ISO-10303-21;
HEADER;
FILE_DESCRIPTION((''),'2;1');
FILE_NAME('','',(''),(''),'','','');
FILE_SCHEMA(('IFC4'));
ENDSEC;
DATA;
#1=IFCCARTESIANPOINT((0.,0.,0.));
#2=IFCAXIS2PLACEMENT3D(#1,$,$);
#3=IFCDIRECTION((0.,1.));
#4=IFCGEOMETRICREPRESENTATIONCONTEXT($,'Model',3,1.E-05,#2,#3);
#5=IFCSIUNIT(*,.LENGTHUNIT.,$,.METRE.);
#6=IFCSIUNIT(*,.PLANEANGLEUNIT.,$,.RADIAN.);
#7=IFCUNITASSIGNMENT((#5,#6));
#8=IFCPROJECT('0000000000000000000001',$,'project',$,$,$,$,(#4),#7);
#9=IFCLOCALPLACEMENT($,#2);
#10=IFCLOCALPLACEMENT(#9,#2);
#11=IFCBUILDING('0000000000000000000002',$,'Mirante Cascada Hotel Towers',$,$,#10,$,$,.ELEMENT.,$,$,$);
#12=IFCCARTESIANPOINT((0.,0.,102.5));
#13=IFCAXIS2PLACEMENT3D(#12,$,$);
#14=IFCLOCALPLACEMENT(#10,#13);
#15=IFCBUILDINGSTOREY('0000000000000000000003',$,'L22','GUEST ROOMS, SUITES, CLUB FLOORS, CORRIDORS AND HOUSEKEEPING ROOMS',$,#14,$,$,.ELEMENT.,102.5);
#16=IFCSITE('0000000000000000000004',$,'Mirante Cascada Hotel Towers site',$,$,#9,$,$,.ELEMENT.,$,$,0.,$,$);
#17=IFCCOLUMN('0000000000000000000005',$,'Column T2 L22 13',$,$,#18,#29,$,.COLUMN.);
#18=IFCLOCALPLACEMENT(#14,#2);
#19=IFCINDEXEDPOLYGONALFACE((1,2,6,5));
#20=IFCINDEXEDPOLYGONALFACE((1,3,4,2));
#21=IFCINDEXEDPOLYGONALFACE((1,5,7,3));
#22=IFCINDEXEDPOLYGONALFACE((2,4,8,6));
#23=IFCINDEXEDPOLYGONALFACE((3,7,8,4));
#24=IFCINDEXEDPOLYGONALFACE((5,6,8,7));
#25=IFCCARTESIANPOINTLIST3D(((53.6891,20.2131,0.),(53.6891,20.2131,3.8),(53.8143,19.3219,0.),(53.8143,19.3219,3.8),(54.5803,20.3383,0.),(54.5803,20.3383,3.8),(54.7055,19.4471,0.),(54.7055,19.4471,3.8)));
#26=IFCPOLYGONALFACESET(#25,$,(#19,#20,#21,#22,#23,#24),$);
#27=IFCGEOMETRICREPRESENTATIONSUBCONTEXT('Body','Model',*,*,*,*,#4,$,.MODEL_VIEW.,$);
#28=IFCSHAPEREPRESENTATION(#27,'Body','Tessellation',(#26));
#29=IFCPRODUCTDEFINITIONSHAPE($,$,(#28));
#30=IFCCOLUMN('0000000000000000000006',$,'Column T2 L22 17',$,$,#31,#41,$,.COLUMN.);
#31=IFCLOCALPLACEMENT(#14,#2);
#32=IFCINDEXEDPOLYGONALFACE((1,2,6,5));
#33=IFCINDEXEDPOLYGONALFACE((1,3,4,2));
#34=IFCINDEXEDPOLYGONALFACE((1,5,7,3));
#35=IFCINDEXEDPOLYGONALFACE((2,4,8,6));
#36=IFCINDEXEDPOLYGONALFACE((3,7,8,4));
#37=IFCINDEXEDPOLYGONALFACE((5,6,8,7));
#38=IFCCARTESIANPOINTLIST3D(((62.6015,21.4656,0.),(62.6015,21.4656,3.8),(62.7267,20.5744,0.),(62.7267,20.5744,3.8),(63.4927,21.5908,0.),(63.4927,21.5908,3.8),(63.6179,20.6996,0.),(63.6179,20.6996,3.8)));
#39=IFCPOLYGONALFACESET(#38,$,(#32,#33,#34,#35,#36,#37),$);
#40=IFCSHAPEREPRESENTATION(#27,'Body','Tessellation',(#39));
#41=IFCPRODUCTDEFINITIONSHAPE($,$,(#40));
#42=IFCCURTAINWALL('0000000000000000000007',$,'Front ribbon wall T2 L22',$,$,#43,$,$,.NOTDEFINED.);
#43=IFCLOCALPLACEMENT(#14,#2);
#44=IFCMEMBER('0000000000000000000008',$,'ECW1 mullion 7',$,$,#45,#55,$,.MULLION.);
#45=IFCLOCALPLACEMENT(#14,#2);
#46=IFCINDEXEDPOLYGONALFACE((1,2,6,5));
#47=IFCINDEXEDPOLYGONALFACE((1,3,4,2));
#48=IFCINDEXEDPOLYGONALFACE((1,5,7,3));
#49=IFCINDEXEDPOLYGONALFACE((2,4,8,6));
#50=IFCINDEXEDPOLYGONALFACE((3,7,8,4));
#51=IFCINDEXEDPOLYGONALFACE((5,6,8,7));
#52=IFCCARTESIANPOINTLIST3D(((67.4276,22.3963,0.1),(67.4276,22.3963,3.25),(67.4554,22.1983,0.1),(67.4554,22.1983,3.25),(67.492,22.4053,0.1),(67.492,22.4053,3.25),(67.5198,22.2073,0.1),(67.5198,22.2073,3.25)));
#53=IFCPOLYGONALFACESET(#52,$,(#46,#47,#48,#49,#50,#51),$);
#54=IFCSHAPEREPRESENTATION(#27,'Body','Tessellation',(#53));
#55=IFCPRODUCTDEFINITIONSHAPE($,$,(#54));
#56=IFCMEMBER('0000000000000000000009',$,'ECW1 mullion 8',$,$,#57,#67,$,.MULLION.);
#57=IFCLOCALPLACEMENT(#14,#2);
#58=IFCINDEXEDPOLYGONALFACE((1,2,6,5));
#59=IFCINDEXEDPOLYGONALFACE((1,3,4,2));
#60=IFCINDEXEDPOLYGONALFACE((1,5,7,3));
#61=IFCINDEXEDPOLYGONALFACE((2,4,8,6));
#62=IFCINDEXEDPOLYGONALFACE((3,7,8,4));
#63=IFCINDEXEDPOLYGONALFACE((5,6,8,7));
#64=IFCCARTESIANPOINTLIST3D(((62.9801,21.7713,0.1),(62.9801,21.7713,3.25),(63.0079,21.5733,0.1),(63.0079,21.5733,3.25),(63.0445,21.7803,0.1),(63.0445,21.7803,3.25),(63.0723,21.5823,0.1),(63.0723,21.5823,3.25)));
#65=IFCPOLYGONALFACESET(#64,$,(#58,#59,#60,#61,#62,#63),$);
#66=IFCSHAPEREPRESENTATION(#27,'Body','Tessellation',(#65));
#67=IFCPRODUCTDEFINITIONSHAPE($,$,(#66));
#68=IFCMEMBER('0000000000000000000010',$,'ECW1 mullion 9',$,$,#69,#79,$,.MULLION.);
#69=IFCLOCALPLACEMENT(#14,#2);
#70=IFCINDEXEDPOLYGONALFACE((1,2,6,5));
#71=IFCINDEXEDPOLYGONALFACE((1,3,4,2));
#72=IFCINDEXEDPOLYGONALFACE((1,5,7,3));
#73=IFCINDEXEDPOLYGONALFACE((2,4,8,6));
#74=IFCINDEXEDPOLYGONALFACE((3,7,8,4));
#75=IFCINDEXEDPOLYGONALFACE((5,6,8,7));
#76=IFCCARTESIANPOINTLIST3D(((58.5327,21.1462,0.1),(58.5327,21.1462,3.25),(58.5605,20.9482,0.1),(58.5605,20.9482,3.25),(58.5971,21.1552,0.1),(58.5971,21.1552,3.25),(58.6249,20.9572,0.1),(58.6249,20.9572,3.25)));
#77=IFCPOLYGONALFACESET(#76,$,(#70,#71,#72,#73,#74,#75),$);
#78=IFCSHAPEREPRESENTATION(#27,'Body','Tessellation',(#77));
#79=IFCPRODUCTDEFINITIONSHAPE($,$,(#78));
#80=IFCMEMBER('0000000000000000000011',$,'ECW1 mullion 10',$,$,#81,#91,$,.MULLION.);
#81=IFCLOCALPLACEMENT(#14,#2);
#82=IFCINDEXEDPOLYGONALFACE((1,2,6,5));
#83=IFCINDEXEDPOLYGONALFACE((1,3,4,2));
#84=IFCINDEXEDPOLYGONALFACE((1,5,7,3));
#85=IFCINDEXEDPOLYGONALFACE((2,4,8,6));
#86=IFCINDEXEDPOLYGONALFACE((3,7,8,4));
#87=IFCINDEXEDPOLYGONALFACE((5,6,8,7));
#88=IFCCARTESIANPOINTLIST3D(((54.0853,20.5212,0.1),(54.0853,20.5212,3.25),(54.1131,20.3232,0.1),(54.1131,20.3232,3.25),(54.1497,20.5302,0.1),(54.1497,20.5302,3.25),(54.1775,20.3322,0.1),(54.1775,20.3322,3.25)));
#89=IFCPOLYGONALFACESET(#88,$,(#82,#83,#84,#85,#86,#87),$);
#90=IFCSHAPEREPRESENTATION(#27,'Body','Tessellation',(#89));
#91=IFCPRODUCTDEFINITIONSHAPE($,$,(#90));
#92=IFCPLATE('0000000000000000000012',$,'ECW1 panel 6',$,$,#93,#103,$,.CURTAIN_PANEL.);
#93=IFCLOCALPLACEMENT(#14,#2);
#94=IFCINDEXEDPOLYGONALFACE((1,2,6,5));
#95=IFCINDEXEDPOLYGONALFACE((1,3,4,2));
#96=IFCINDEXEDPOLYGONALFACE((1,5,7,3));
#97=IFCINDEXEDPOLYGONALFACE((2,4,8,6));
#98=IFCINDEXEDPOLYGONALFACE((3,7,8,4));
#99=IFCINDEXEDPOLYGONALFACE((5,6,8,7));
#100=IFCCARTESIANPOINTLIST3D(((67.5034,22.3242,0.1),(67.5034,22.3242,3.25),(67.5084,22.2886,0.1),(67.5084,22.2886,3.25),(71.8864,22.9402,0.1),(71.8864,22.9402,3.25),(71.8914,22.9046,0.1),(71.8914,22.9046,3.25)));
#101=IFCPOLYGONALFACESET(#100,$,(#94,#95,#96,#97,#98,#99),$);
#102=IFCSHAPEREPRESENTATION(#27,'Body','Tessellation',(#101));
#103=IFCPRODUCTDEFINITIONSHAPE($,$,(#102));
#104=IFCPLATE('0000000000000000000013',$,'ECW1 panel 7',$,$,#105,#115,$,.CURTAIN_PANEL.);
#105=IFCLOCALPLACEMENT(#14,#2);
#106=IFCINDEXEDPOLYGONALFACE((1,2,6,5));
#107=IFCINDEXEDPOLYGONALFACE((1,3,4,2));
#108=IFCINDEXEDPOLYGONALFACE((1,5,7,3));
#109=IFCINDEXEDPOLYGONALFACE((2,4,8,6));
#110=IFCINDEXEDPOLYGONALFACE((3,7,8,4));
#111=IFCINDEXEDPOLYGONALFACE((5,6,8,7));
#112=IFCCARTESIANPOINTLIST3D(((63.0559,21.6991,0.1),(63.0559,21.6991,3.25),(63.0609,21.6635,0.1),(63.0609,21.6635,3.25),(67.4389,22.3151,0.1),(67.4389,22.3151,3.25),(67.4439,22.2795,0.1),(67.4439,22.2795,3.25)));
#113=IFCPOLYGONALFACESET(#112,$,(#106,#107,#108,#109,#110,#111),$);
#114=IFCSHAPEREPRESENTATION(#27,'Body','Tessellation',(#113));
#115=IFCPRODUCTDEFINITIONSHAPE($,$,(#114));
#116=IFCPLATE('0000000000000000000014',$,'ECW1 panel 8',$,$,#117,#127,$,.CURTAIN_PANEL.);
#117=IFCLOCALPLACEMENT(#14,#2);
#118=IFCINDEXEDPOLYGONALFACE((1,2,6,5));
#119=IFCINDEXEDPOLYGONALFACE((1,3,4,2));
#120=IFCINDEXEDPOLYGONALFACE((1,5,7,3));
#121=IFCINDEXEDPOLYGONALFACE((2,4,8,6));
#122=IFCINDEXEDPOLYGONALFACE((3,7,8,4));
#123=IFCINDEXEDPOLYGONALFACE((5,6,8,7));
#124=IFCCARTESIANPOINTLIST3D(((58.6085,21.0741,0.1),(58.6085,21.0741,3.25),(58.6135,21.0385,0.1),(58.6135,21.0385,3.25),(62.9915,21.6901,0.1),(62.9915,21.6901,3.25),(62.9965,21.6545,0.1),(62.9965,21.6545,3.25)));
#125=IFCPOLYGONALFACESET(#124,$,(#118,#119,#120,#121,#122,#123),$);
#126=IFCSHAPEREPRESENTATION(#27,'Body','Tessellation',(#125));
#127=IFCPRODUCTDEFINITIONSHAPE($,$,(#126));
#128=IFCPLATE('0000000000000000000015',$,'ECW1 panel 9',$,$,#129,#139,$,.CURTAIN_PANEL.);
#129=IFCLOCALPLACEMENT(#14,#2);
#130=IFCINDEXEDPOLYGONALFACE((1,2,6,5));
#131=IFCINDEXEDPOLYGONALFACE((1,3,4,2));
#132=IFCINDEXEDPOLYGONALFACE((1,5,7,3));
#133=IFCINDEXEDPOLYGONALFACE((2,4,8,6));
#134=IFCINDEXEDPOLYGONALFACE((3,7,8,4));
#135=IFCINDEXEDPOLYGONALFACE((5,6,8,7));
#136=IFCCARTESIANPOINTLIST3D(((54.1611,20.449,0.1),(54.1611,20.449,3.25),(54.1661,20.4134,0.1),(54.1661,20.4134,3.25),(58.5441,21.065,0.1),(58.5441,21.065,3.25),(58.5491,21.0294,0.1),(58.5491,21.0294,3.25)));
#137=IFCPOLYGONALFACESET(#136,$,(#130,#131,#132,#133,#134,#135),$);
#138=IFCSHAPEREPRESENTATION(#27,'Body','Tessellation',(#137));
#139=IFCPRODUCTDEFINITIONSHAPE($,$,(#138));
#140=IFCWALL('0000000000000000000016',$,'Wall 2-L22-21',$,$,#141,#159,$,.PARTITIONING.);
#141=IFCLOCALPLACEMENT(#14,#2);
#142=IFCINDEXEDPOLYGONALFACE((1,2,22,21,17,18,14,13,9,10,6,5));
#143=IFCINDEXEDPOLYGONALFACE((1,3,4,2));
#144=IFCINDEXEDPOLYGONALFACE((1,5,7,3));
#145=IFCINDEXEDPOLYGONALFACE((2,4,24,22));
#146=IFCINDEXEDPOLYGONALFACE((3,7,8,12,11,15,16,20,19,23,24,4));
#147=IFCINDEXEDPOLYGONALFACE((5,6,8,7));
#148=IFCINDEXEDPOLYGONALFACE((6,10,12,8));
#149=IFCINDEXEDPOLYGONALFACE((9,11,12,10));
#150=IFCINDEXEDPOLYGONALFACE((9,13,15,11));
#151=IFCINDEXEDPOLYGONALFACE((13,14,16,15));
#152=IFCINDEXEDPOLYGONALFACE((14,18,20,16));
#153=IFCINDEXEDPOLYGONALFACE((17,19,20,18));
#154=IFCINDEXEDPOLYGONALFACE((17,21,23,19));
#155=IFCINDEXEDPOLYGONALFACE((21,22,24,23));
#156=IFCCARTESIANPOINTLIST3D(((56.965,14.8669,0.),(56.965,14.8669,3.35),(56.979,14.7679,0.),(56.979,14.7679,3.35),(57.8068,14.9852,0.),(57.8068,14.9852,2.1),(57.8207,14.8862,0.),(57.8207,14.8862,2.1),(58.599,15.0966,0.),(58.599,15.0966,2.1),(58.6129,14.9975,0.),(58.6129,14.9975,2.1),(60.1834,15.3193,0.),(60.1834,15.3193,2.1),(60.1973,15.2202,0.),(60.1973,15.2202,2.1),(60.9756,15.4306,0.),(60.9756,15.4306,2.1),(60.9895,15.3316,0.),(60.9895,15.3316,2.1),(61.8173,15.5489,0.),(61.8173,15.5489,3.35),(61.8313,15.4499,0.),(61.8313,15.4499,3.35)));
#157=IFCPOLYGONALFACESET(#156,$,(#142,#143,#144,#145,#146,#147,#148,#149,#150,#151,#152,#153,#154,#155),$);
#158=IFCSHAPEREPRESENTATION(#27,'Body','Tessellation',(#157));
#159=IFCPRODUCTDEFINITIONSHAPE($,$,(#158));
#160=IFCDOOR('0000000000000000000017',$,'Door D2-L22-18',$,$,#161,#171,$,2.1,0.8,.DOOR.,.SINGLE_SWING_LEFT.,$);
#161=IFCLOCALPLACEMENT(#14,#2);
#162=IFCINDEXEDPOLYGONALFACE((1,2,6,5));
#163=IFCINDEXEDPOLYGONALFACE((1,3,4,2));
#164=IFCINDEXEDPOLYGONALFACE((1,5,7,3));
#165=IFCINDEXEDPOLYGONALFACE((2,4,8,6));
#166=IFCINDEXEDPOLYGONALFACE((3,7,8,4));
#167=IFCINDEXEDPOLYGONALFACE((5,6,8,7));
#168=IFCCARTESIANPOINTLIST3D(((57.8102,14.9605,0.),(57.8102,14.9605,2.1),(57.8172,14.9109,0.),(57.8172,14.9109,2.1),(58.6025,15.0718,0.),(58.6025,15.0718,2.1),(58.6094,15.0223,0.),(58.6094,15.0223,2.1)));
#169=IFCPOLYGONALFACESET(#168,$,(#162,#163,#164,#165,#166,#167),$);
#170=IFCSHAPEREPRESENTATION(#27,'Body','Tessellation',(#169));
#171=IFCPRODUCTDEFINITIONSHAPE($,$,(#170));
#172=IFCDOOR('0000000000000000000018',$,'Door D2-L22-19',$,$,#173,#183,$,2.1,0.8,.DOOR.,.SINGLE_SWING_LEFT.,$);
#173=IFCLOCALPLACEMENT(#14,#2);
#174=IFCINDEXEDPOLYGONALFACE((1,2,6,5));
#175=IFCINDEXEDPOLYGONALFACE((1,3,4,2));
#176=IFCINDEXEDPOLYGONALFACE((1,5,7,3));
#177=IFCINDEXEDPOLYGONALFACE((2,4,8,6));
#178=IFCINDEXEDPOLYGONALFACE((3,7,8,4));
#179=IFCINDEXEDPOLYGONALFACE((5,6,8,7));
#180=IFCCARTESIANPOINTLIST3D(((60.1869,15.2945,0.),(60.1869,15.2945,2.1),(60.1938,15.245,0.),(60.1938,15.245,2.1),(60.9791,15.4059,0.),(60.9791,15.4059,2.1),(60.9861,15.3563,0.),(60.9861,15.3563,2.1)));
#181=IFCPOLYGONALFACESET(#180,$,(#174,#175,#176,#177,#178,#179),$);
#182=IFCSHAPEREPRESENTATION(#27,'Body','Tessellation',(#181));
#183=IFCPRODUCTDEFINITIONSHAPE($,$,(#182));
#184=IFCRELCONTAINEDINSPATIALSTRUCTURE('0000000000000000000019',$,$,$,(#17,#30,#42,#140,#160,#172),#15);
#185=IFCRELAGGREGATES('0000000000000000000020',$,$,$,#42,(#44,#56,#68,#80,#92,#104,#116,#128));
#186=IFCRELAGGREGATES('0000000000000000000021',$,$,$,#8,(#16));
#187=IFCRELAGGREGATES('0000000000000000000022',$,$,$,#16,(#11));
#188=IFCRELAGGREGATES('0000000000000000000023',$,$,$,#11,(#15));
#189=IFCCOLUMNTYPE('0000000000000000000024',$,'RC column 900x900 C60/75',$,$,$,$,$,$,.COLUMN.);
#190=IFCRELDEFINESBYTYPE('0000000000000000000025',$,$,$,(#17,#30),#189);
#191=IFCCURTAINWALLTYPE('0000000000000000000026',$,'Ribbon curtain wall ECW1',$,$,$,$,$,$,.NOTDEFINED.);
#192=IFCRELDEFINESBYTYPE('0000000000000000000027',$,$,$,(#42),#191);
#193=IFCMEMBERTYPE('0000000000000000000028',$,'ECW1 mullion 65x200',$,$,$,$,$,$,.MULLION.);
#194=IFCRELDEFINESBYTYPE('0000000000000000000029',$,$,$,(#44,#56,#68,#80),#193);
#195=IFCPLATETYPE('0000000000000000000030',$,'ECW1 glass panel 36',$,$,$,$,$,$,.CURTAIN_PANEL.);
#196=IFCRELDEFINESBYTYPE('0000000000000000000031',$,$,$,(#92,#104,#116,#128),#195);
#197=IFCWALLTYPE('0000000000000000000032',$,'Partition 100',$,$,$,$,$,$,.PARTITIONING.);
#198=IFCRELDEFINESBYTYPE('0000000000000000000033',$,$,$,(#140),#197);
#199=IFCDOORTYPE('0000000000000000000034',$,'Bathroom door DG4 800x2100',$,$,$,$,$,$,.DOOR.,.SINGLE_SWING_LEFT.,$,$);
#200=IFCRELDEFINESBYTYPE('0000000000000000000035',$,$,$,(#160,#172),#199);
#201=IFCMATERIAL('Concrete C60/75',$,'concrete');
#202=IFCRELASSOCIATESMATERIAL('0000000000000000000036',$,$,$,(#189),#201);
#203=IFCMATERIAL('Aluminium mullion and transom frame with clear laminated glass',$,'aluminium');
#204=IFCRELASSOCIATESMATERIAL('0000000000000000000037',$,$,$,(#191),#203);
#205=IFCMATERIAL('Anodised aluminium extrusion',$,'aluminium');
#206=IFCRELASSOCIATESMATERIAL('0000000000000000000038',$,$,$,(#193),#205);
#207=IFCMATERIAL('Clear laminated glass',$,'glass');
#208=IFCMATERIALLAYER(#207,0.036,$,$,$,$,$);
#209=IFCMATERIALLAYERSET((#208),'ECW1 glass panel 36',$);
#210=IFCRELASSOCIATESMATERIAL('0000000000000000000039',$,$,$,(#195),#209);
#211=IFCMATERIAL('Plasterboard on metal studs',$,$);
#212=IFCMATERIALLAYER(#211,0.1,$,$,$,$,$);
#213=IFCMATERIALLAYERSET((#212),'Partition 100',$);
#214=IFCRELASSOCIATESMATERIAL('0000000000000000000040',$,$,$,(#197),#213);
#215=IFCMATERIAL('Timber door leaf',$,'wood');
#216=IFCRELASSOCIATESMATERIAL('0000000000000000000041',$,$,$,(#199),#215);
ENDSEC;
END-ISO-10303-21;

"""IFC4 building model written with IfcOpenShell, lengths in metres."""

from ifc_helpers import new_model, si_unit, direction, frame, frame_2d, origin, origin_2d, place, context, subcontext, project, spatial, rectangle, extrude, material, layer, layer_set, material_profile, profile_set, type_object, element, fill, aggregate, save


model = new_model("IFC4")

# Units and contexts
model_context = context("Model", 3, precision=1e-05, world=origin(), true_north=direction((0.0, 1.0)))
body_context = subcontext(model_context, "Body", "Model", "MODEL_VIEW")
ifc_project = project(units=[si_unit("LENGTHUNIT", "METRE"), si_unit("PLANEANGLEUNIT", "RADIAN")], contexts=[model_context])

# Site, building, storey
site_placement = place(None, origin())
site = spatial("IfcSite", under=ifc_project, at=site_placement, Name="Mirante Cascada Hotel Towers site", CompositionType="ELEMENT", RefElevation=0.0)
building_placement = place(site_placement, origin())
building = spatial("IfcBuilding", under=site, at=building_placement, Name="Mirante Cascada Hotel Towers", CompositionType="ELEMENT")
storey_placement = place(building_placement, frame((0.0, 0.0, 102.5)))
storey = spatial("IfcBuildingStorey", under=building, at=storey_placement, Name="L22", Description="GUEST ROOMS, SUITES, CLUB FLOORS, CORRIDORS AND HOUSEKEEPING ROOMS", CompositionType="ELEMENT", Elevation=102.5)

# Columns
ifc_material_1 = material(Name="Concrete C60/75", Category="concrete")
ifc_material_profile_1 = material_profile(ifc_material_1, rectangle(XDim=0.9, YDim=0.9, at=origin_2d()), Name="RC column 900x900 C60/75")
ifc_profile_set_1 = profile_set([ifc_material_profile_1], Name="Concrete C60/75")
column_type = type_object("IfcColumnType", Name="RC column 900x900 C60/75", PredefinedType="COLUMN", material=ifc_profile_set_1)
for number, where, z_axis, x_axis, name in (
    (1, (54.1973, 19.8301, 0.0), (0.0, 0.0, 1.0), (0.990268, 0.139173, 0.0), "Column T2 L22 13"),
    (2, (63.1097, 21.0826, 0.0), (0.0, 0.0, 1.0), (0.990268, 0.139173, 0.0), "Column T2 L22 17"),
):
    element("IfcColumn", number, at=place(storey_placement, frame(where, z_axis=z_axis, x_axis=x_axis)), inside=storey, type_object=column_type, Name=name, PredefinedType="COLUMN", context=body_context, shape_type="SweptSolid", body=[
        extrude(rectangle(XDim=0.9, YDim=0.9, at=origin_2d()), origin(), (0.0, 0.0, 1.0), 3.8),
    ])

# Curtain wall, members, plates
ifc_material_2 = material(Name="Aluminium mullion and transom frame with clear laminated glass", Category="aluminium")
curtain_wall_type = type_object("IfcCurtainWallType", Name="Ribbon curtain wall ECW1", PredefinedType="NOTDEFINED", material=ifc_material_2)
curtain_wall_placement = place(storey_placement, origin())
curtain_wall = element("IfcCurtainWall", 3, at=curtain_wall_placement, inside=storey, type_object=curtain_wall_type, Name="Front ribbon wall T2 L22", PredefinedType="NOTDEFINED")
ifc_material_3 = material(Name="Anodised aluminium extrusion", Category="aluminium")
ifc_material_profile_2 = material_profile(ifc_material_3, rectangle(XDim=0.2, YDim=0.065, at=origin_2d()), Name="ECW1 MULLION 65x200")
ifc_profile_set_2 = profile_set([ifc_material_profile_2], Name="Anodised aluminium extrusion")
member_type = type_object("IfcMemberType", Name="ECW1 mullion 65x200", PredefinedType="MULLION", material=ifc_profile_set_2)
member_1_placement = place(storey_placement, frame((67.4737, 22.3018, 0.1), z_axis=(0.0, 0.0, 1.0), x_axis=(0.139173, -0.990268, 0.0)))
member_1 = element("IfcMember", 4, at=member_1_placement, type_object=member_type, Name="ECW1 mullion 7", PredefinedType="MULLION", context=body_context, shape_type="SweptSolid", body=[
    extrude(rectangle(XDim=0.2, YDim=0.065, at=origin_2d()), origin(), (0.0, 0.0, 1.0), 3.15),
])
member_2_placement = place(storey_placement, frame((63.0262, 21.6768, 0.1), z_axis=(0.0, 0.0, 1.0), x_axis=(0.139173, -0.990268, 0.0)))
member_2 = element("IfcMember", 5, at=member_2_placement, type_object=member_type, Name="ECW1 mullion 8", PredefinedType="MULLION", context=body_context, shape_type="SweptSolid", body=[
    extrude(rectangle(XDim=0.2, YDim=0.065, at=origin_2d()), origin(), (0.0, 0.0, 1.0), 3.15),
])
member_3_placement = place(storey_placement, frame((58.5788, 21.0517, 0.1), z_axis=(0.0, 0.0, 1.0), x_axis=(0.139173, -0.990268, 0.0)))
member_3 = element("IfcMember", 6, at=member_3_placement, type_object=member_type, Name="ECW1 mullion 9", PredefinedType="MULLION", context=body_context, shape_type="SweptSolid", body=[
    extrude(rectangle(XDim=0.2, YDim=0.065, at=origin_2d()), origin(), (0.0, 0.0, 1.0), 3.15),
])
member_4_placement = place(storey_placement, frame((54.1314, 20.4267, 0.1), z_axis=(0.0, 0.0, 1.0), x_axis=(0.139173, -0.990268, 0.0)))
member_4 = element("IfcMember", 7, at=member_4_placement, type_object=member_type, Name="ECW1 mullion 10", PredefinedType="MULLION", context=body_context, shape_type="SweptSolid", body=[
    extrude(rectangle(XDim=0.2, YDim=0.065, at=origin_2d()), origin(), (0.0, 0.0, 1.0), 3.15),
])
ifc_material_4 = material(Name="Clear laminated glass", Category="glass")
ifc_layer_1 = layer(ifc_material_4, 0.036)
ifc_layer_set_1 = layer_set([ifc_layer_1], Name="ECW1 glass panel 36")
plate_type = type_object("IfcPlateType", Name="ECW1 glass panel 36", PredefinedType="CURTAIN_PANEL", material=ifc_layer_set_1)
plate_1_placement = place(storey_placement, frame((69.6974, 22.6144, 0.1), z_axis=(0.0, 0.0, 1.0), x_axis=(-0.990268, -0.139173, 0.0)))
plate_1 = element("IfcPlate", 8, at=plate_1_placement, type_object=plate_type, Name="ECW1 panel 6", PredefinedType="CURTAIN_PANEL", context=body_context, shape_type="SweptSolid", body=[
    extrude(rectangle(XDim=4.4261, YDim=0.036, at=origin_2d()), origin(), (0.0, 0.0, 1.0), 3.15),
])
plate_2_placement = place(storey_placement, frame((65.2499, 21.9893, 0.1), z_axis=(0.0, 0.0, 1.0), x_axis=(-0.990268, -0.139173, 0.0)))
plate_2 = element("IfcPlate", 9, at=plate_2_placement, type_object=plate_type, Name="ECW1 panel 7", PredefinedType="CURTAIN_PANEL", context=body_context, shape_type="SweptSolid", body=[
    extrude(rectangle(XDim=4.4261, YDim=0.036, at=origin_2d()), origin(), (0.0, 0.0, 1.0), 3.15),
])
plate_3_placement = place(storey_placement, frame((60.8025, 21.3643, 0.1), z_axis=(0.0, 0.0, 1.0), x_axis=(-0.990268, -0.139173, 0.0)))
plate_3 = element("IfcPlate", 10, at=plate_3_placement, type_object=plate_type, Name="ECW1 panel 8", PredefinedType="CURTAIN_PANEL", context=body_context, shape_type="SweptSolid", body=[
    extrude(rectangle(XDim=4.4261, YDim=0.036, at=origin_2d()), origin(), (0.0, 0.0, 1.0), 3.15),
])
plate_4_placement = place(storey_placement, frame((56.3551, 20.7392, 0.1), z_axis=(0.0, 0.0, 1.0), x_axis=(-0.990268, -0.139173, 0.0)))
plate_4 = element("IfcPlate", 11, at=plate_4_placement, type_object=plate_type, Name="ECW1 panel 9", PredefinedType="CURTAIN_PANEL", context=body_context, shape_type="SweptSolid", body=[
    extrude(rectangle(XDim=4.4261, YDim=0.036, at=origin_2d()), origin(), (0.0, 0.0, 1.0), 3.15),
])
aggregate(curtain_wall, [member_1, member_2, member_3, member_4, plate_1, plate_2, plate_3, plate_4])

# Wall, openings, doors
ifc_material_5 = material(Name="Plasterboard on metal studs")
ifc_layer_2 = layer(ifc_material_5, 0.1)
ifc_layer_set_2 = layer_set([ifc_layer_2], Name="Partition 100")
wall_type = type_object("IfcWallType", Name="Partition 100", PredefinedType="PARTITIONING", material=ifc_layer_set_2)
wall_1_placement = place(storey_placement, frame((56.972, 14.8174, 0.0), z_axis=(0.0, 0.0, 1.0), x_axis=(0.990267, 0.139184, 0.0)))
wall_1 = element("IfcWall", 12, at=wall_1_placement, inside=storey, type_object=wall_type, Name="Wall 2-L22-21", PredefinedType="PARTITIONING", context=body_context, shape_type="SweptSolid", body=[
    extrude(rectangle(XDim=4.9, YDim=0.1, at=frame_2d((2.45, 0.0))), origin(), (0.0, 0.0, 1.0), 3.35),
])
opening_1_placement = place(wall_1_placement, frame((0.85, 0.0, 0.0)))
opening_1 = element("IfcOpeningElement", 13, at=opening_1_placement, cuts=wall_1, PredefinedType="OPENING", context=body_context, shape_type="SweptSolid", body=[
    extrude(rectangle(XDim=0.8, YDim=2.1, at=frame_2d((0.4, 1.05))), frame((0.0, 0.05, 0.0), z_axis=(0.0, -1.0, 0.0), x_axis=(1.0, 0.0, 0.0)), (0.0, 0.0, 1.0), 0.1),
])
opening_2_placement = place(wall_1_placement, frame((3.25, 0.0, 0.0)))
opening_2 = element("IfcOpeningElement", 14, at=opening_2_placement, cuts=wall_1, PredefinedType="OPENING", context=body_context, shape_type="SweptSolid", body=[
    extrude(rectangle(XDim=0.8, YDim=2.1, at=frame_2d((0.4, 1.05))), frame((0.0, 0.05, 0.0), z_axis=(0.0, -1.0, 0.0), x_axis=(1.0, 0.0, 0.0)), (0.0, 0.0, 1.0), 0.1),
])
ifc_material_6 = material(Name="Timber door leaf", Category="wood")
door_type_1 = type_object("IfcDoorType", Name="Bathroom door DG4 800x2100", OperationType="SINGLE_SWING_LEFT", PredefinedType="DOOR", material=ifc_material_6)
door_1_placement = place(opening_1_placement, origin())
door_1 = element("IfcDoor", 15, at=door_1_placement, inside=storey, type_object=door_type_1, Name="Door D2-L22-18", OperationType="SINGLE_SWING_LEFT", OverallHeight=2.1, OverallWidth=0.8, PredefinedType="DOOR", context=body_context, shape_type="SweptSolid", body=[
    extrude(rectangle(XDim=0.8, YDim=2.1, at=frame_2d((0.4, 1.05))), frame((0.0, 0.025, 0.0), z_axis=(0.0, -1.0, 0.0), x_axis=(1.0, 0.0, 0.0)), (0.0, 0.0, 1.0), 0.05),
])
fill(opening_1, door_1)
door_2_placement = place(opening_2_placement, origin())
door_2 = element("IfcDoor", 16, at=door_2_placement, inside=storey, type_object=door_type_1, Name="Door D2-L22-19", OperationType="SINGLE_SWING_LEFT", OverallHeight=2.1, OverallWidth=0.8, PredefinedType="DOOR", context=body_context, shape_type="SweptSolid", body=[
    extrude(rectangle(XDim=0.8, YDim=2.1, at=frame_2d((0.4, 1.05))), frame((0.0, 0.025, 0.0), z_axis=(0.0, -1.0, 0.0), x_axis=(1.0, 0.0, 0.0)), (0.0, 0.0, 1.0), 0.05),
])
fill(opening_2, door_2)

save(model, "model.ifc")
